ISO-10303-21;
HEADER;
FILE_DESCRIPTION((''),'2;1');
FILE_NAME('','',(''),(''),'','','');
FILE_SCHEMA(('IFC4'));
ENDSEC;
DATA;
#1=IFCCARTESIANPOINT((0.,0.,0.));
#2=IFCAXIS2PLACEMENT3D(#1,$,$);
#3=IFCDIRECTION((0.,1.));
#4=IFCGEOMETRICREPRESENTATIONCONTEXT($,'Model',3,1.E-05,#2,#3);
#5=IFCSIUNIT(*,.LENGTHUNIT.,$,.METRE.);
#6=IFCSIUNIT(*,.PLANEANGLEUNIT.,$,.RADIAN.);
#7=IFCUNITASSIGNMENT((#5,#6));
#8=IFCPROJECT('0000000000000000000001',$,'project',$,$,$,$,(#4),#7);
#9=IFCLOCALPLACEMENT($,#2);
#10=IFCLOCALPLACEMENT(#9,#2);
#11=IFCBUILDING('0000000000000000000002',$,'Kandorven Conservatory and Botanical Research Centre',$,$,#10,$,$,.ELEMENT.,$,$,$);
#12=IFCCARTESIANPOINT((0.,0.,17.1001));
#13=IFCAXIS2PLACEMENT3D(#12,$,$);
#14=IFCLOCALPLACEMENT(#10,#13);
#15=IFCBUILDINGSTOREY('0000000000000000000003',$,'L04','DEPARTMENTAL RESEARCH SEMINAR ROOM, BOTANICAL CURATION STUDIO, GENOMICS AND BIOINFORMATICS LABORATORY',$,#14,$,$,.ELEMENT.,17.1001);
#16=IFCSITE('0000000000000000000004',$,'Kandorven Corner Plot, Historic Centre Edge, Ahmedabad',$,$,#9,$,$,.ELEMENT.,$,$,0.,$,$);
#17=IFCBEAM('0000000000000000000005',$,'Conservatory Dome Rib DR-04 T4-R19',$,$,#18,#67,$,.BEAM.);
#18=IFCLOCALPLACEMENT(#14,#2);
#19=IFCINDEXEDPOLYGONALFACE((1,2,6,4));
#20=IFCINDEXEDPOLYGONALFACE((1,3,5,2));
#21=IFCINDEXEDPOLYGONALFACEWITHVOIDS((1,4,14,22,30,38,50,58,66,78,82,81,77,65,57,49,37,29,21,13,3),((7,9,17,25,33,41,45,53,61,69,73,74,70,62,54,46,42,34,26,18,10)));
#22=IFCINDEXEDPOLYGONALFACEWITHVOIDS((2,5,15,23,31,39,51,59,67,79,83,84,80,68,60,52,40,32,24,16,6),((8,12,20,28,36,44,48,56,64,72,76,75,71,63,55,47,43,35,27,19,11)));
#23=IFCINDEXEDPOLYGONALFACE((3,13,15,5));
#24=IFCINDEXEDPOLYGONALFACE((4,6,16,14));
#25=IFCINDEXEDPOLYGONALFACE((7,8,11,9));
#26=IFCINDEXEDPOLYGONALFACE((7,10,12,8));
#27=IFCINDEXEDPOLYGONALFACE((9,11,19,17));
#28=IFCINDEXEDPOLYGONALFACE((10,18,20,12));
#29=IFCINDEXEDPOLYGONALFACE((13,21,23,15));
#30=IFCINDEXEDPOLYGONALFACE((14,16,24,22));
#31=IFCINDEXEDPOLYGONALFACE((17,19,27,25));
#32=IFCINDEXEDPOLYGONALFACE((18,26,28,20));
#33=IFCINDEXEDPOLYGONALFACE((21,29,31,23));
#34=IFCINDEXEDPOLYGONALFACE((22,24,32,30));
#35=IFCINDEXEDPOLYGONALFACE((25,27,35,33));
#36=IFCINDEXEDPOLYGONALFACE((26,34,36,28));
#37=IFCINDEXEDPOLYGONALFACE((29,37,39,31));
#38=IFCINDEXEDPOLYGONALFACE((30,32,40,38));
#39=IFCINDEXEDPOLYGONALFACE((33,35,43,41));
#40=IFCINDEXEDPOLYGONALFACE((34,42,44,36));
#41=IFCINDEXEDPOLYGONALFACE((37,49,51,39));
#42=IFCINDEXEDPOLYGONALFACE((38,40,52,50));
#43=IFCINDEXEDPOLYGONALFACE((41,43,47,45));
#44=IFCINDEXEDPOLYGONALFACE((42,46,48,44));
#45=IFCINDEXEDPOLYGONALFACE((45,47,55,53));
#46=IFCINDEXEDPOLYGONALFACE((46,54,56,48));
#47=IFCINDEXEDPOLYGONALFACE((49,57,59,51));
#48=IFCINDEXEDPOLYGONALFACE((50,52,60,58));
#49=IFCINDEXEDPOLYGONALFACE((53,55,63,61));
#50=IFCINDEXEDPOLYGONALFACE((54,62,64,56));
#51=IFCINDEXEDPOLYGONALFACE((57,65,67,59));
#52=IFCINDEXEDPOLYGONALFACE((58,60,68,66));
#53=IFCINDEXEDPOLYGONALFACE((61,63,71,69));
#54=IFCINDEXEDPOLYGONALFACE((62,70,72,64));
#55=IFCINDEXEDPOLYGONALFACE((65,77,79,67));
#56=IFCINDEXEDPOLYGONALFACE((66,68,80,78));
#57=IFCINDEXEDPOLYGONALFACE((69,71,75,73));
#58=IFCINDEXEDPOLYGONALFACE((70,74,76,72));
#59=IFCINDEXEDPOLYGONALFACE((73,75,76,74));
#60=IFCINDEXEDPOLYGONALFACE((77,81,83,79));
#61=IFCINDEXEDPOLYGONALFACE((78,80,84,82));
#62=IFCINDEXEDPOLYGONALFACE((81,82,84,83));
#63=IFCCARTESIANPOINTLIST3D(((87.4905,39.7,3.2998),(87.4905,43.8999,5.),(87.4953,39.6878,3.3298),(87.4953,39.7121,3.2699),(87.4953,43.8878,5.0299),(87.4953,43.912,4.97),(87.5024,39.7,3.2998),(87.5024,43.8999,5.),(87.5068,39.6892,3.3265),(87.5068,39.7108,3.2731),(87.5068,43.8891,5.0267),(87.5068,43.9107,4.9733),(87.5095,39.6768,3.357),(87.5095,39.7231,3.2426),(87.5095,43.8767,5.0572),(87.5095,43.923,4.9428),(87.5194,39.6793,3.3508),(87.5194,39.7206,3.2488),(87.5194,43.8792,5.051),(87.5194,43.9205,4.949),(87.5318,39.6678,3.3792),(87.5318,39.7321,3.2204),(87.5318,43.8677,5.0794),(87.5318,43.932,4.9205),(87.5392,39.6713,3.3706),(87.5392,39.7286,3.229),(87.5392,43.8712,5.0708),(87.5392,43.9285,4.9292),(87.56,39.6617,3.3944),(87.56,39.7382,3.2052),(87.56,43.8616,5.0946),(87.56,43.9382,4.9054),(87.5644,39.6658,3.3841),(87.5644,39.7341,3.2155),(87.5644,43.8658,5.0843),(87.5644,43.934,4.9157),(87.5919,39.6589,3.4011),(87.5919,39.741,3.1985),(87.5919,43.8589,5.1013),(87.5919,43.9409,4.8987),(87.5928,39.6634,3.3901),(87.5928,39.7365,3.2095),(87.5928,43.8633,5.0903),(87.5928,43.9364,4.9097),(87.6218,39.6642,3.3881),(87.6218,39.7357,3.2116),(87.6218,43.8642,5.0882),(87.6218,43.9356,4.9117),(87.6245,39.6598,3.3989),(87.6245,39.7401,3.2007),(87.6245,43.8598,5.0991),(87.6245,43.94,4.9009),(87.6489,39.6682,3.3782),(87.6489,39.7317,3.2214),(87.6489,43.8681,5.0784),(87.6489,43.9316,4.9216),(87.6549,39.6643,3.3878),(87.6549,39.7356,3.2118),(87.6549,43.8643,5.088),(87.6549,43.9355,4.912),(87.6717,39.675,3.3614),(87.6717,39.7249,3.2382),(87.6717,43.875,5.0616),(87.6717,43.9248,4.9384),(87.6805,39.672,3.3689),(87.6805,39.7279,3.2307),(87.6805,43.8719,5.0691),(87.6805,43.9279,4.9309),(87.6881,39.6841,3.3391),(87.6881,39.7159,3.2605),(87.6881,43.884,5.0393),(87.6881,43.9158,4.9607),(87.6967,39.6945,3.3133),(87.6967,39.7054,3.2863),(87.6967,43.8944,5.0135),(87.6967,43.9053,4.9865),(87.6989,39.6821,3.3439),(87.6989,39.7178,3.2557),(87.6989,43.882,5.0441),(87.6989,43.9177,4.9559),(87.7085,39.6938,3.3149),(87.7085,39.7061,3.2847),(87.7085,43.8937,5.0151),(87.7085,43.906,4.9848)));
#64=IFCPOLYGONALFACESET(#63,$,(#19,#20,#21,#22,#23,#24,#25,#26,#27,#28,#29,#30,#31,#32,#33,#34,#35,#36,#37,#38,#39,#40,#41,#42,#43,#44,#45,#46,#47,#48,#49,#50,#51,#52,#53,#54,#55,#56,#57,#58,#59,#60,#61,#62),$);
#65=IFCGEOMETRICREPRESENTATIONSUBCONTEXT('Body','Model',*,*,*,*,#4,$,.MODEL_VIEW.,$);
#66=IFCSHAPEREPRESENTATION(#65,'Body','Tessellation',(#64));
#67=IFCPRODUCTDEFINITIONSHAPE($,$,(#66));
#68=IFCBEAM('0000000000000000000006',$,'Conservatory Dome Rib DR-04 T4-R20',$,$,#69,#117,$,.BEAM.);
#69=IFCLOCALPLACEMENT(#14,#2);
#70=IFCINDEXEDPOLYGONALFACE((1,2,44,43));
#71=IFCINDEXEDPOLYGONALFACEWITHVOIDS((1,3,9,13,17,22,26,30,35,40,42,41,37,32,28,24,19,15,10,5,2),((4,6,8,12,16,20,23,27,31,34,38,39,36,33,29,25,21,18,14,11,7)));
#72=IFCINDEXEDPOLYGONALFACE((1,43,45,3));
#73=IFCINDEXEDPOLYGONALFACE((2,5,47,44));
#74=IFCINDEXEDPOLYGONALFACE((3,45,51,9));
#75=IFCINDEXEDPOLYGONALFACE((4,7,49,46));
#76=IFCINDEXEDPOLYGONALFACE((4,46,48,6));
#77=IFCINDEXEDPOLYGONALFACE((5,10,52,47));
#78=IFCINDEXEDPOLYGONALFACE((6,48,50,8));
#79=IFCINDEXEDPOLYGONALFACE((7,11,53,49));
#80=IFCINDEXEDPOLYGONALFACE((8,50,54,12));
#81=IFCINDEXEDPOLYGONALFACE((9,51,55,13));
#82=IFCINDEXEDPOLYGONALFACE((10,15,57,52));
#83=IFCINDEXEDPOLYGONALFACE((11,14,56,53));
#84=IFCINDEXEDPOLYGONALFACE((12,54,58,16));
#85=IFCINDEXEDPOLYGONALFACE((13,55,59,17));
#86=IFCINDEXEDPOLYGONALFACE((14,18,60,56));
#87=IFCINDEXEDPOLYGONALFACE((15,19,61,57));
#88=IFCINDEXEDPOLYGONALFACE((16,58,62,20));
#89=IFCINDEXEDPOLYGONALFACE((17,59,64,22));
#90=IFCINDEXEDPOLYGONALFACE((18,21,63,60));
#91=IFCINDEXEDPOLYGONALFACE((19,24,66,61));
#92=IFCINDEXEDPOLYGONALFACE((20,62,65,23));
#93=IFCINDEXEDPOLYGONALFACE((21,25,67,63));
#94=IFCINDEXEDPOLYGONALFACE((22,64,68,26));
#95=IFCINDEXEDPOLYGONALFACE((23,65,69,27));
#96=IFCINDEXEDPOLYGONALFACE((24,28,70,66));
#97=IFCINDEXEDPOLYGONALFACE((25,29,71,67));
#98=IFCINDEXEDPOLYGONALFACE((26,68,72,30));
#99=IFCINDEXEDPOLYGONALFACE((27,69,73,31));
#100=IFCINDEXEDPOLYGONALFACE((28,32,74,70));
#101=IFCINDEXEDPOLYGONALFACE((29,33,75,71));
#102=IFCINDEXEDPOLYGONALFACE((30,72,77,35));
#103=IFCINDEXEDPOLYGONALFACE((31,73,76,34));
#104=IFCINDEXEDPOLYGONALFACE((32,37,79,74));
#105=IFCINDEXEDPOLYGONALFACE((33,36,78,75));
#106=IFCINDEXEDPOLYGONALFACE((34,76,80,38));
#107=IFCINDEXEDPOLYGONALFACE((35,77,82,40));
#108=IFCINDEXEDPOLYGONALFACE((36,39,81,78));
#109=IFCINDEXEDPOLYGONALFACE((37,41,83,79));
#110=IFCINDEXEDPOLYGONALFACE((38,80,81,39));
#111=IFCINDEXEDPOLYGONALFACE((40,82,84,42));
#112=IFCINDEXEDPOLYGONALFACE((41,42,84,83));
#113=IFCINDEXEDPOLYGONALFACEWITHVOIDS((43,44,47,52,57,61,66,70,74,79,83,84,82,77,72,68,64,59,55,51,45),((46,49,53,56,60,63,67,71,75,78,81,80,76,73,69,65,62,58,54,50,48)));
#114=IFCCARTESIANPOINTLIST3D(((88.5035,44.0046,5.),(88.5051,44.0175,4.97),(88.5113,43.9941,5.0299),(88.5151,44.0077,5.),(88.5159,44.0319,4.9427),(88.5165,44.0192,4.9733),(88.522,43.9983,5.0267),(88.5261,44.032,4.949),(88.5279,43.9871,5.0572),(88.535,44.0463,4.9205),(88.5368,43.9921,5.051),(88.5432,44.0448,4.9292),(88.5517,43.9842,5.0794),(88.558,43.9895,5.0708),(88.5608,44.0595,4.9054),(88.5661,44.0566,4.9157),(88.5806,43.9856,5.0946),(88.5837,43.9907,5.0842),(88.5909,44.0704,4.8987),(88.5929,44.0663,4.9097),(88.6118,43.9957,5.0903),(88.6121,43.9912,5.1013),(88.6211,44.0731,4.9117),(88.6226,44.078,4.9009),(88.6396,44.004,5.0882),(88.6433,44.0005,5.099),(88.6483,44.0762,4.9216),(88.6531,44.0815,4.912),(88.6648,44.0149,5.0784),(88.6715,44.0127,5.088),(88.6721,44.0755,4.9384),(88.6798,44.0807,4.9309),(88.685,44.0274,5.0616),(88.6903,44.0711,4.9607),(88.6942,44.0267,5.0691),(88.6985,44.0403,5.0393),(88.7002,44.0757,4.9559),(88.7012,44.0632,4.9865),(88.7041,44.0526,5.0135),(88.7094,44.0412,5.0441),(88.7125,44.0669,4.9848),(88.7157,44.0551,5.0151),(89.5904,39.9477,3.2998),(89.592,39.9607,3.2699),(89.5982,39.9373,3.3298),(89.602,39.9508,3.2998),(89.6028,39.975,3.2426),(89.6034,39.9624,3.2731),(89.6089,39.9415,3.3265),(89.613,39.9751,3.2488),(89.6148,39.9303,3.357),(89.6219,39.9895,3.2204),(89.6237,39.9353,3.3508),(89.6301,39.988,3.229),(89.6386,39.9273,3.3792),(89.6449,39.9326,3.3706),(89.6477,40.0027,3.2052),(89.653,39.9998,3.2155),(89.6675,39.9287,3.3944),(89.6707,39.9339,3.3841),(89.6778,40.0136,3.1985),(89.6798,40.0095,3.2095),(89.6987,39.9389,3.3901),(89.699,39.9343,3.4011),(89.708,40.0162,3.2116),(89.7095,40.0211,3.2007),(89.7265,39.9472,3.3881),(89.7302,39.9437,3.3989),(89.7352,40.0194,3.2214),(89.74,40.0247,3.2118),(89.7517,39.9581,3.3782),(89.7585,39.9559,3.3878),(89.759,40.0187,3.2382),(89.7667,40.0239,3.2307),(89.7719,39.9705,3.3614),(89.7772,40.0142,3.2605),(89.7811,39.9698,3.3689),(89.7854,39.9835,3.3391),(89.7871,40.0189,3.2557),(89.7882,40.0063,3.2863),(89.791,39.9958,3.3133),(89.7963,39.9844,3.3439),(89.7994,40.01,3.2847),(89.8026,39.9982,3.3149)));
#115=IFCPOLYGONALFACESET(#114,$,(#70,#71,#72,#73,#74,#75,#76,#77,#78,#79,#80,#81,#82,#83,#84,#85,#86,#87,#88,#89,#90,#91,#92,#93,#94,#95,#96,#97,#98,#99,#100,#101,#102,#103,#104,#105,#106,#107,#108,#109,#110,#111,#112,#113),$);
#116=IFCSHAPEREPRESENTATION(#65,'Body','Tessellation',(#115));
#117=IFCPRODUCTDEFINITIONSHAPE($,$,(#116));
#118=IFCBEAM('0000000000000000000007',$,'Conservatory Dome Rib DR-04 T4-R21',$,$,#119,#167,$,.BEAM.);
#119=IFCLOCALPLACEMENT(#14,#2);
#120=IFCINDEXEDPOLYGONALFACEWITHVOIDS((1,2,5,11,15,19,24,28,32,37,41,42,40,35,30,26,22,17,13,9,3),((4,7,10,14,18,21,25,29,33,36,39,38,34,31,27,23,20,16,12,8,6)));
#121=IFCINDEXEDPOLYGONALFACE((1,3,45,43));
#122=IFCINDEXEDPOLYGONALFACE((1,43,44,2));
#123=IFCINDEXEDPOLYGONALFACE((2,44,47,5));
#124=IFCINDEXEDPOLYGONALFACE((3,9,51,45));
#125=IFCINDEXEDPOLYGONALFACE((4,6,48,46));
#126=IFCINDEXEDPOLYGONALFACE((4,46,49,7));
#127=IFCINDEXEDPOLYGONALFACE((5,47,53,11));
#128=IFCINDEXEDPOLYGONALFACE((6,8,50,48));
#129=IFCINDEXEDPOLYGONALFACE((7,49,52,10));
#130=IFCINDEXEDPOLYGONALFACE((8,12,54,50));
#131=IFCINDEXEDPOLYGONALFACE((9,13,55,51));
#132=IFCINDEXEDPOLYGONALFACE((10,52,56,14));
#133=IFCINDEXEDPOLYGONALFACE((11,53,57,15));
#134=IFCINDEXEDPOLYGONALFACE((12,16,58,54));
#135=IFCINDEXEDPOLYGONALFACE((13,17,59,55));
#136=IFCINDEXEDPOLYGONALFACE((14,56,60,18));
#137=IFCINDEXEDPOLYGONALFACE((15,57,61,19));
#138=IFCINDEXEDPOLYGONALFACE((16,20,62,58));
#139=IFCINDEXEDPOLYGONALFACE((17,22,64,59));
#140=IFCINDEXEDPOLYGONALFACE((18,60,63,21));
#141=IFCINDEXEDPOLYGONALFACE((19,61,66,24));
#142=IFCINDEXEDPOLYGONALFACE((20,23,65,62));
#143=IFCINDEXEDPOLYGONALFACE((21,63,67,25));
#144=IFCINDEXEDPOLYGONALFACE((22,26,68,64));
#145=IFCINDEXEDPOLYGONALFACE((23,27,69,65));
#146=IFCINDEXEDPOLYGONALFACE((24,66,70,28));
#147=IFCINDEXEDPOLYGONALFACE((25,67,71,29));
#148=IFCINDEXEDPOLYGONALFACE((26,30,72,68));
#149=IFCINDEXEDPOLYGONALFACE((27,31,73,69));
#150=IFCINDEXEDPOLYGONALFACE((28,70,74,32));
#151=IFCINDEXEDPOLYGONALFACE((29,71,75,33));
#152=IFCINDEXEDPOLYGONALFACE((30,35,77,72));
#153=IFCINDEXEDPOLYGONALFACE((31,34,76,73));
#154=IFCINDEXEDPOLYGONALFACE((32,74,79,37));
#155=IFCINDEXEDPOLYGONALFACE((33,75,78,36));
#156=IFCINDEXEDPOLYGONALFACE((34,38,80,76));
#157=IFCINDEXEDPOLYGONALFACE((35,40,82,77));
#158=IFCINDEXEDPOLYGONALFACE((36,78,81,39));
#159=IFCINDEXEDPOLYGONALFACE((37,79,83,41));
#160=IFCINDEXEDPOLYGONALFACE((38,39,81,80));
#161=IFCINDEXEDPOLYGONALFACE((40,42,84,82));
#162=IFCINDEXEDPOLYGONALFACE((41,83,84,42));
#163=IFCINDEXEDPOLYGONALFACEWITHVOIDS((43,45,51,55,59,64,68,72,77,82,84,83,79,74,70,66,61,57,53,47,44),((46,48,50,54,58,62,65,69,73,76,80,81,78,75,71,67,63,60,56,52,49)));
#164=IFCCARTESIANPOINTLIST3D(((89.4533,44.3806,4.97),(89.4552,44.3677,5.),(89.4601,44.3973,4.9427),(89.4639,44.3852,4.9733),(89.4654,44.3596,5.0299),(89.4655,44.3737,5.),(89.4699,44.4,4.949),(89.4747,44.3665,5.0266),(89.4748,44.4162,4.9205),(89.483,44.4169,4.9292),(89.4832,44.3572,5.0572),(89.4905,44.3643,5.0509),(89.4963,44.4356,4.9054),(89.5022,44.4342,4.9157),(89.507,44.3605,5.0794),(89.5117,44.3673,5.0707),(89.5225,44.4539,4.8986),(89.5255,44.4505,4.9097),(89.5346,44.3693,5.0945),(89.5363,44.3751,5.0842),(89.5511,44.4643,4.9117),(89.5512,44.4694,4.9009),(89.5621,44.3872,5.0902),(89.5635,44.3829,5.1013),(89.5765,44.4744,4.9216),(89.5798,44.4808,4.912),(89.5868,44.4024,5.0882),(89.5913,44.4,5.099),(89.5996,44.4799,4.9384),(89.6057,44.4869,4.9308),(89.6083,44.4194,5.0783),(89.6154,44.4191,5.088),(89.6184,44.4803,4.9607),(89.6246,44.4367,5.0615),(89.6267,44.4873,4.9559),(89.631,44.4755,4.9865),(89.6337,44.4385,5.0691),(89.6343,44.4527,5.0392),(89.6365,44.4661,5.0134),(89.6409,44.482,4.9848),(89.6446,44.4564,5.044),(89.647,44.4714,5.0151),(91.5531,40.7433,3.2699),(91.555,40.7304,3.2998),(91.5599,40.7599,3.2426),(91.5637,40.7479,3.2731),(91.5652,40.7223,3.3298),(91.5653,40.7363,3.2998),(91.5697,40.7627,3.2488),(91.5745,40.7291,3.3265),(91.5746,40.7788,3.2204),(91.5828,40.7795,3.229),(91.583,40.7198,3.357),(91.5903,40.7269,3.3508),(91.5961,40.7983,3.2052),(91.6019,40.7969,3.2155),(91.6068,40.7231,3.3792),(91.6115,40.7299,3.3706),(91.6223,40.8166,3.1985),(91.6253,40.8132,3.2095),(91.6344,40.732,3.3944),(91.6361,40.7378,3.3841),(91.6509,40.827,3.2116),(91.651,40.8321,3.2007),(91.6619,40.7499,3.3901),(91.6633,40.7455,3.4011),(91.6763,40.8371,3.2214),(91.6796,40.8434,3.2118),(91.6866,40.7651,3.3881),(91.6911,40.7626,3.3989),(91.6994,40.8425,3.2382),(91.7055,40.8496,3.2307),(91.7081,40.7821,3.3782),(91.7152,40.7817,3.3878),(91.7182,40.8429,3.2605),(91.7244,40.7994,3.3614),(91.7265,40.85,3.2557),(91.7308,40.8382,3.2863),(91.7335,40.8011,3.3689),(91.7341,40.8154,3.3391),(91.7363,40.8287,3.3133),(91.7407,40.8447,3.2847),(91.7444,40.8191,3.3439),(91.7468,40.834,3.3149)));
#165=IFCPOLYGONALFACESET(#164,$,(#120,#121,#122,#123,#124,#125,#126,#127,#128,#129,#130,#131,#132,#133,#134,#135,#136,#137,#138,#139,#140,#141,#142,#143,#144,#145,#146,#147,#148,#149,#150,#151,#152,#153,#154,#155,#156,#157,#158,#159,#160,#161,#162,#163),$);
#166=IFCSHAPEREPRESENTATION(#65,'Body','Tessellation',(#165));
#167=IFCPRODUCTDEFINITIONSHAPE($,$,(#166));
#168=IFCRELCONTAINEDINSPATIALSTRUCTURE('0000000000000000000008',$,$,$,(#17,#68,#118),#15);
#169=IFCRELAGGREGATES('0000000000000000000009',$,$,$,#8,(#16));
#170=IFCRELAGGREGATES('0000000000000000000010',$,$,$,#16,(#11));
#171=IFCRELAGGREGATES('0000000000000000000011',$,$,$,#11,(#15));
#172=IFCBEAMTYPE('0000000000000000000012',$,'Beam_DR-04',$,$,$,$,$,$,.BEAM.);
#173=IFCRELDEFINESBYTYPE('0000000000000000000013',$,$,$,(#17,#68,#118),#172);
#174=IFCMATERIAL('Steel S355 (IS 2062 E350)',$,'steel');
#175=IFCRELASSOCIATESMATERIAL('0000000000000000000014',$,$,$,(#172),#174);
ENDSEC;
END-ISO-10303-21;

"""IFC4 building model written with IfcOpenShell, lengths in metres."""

from ifc_helpers import new_model, si_unit, direction, frame, origin, origin_2d, place, context, subcontext, project, spatial, hollow_circle, extrude, material, material_profile, profile_set, type_object, element, save


model = new_model("IFC4")

# Units and contexts
model_context = context("Model", 3, precision=1e-05, world=origin(), true_north=direction((0.0, 1.0)))
body_context = subcontext(model_context, "Body", "Model", "MODEL_VIEW")
ifc_project = project(units=[si_unit("LENGTHUNIT", "METRE"), si_unit("PLANEANGLEUNIT", "RADIAN")], contexts=[model_context])

# Site, building, storey
site_placement = place(None, origin())
site = spatial("IfcSite", under=ifc_project, at=site_placement, Name="Kandorven Corner Plot, Historic Centre Edge, Ahmedabad", CompositionType="ELEMENT", RefElevation=0.0)
building_placement = place(site_placement, origin())
building = spatial("IfcBuilding", under=site, at=building_placement, Name="Kandorven Conservatory and Botanical Research Centre", CompositionType="ELEMENT")
storey_placement = place(building_placement, frame((0.0, 0.0, 17.1001)))
storey = spatial("IfcBuildingStorey", under=building, at=storey_placement, Name="L04", Description="DEPARTMENTAL RESEARCH SEMINAR ROOM, BOTANICAL CURATION STUDIO, GENOMICS AND BIOINFORMATICS LABORATORY", CompositionType="ELEMENT", Elevation=17.1001)

# Beams
ifc_material_1 = material(Name="Steel S355 (IS 2062 E350)", Category="steel")
ifc_material_profile_1 = material_profile(ifc_material_1, hollow_circle(Radius=0.1096, WallThickness=0.012, at=origin_2d()))
ifc_profile_set_1 = profile_set([ifc_material_profile_1], Name="Steel S355 (IS 2062 E350)")
beam_type_1 = type_object("IfcBeamType", Name="Beam_DR-04", PredefinedType="BEAM", material=ifc_profile_set_1)
for number, where, z_axis, x_axis, name in (
    (1, (87.6001, 39.7, 3.2998), (0.0, 0.92693, 0.375234), (-1.0, 0.0, 0.0), "Conservatory Dome Rib DR-04 T4-R19"),
    (2, (89.6963, 39.9761, 3.2998), (-0.239882, 0.895353, 0.375233), (-0.965933, -0.258791, 0.0), "Conservatory Dome Rib DR-04 T4-R20"),
    (3, (91.6499, 40.7852, 3.2998), (-0.463429, 0.80277, 0.375226), (-0.866049, -0.499959, 0.0), "Conservatory Dome Rib DR-04 T4-R21"),
):
    element("IfcBeam", number, at=place(storey_placement, frame(where, z_axis=z_axis, x_axis=x_axis)), inside=storey, type_object=beam_type_1, Name=name, PredefinedType="BEAM", context=body_context, shape_type="SweptSolid", body=[
        extrude(hollow_circle(Radius=0.1096, WallThickness=0.012, at=origin_2d()), origin(), (0.0, 0.0, 1.0), 4.531),
    ])

save(model, "model.ifc")
